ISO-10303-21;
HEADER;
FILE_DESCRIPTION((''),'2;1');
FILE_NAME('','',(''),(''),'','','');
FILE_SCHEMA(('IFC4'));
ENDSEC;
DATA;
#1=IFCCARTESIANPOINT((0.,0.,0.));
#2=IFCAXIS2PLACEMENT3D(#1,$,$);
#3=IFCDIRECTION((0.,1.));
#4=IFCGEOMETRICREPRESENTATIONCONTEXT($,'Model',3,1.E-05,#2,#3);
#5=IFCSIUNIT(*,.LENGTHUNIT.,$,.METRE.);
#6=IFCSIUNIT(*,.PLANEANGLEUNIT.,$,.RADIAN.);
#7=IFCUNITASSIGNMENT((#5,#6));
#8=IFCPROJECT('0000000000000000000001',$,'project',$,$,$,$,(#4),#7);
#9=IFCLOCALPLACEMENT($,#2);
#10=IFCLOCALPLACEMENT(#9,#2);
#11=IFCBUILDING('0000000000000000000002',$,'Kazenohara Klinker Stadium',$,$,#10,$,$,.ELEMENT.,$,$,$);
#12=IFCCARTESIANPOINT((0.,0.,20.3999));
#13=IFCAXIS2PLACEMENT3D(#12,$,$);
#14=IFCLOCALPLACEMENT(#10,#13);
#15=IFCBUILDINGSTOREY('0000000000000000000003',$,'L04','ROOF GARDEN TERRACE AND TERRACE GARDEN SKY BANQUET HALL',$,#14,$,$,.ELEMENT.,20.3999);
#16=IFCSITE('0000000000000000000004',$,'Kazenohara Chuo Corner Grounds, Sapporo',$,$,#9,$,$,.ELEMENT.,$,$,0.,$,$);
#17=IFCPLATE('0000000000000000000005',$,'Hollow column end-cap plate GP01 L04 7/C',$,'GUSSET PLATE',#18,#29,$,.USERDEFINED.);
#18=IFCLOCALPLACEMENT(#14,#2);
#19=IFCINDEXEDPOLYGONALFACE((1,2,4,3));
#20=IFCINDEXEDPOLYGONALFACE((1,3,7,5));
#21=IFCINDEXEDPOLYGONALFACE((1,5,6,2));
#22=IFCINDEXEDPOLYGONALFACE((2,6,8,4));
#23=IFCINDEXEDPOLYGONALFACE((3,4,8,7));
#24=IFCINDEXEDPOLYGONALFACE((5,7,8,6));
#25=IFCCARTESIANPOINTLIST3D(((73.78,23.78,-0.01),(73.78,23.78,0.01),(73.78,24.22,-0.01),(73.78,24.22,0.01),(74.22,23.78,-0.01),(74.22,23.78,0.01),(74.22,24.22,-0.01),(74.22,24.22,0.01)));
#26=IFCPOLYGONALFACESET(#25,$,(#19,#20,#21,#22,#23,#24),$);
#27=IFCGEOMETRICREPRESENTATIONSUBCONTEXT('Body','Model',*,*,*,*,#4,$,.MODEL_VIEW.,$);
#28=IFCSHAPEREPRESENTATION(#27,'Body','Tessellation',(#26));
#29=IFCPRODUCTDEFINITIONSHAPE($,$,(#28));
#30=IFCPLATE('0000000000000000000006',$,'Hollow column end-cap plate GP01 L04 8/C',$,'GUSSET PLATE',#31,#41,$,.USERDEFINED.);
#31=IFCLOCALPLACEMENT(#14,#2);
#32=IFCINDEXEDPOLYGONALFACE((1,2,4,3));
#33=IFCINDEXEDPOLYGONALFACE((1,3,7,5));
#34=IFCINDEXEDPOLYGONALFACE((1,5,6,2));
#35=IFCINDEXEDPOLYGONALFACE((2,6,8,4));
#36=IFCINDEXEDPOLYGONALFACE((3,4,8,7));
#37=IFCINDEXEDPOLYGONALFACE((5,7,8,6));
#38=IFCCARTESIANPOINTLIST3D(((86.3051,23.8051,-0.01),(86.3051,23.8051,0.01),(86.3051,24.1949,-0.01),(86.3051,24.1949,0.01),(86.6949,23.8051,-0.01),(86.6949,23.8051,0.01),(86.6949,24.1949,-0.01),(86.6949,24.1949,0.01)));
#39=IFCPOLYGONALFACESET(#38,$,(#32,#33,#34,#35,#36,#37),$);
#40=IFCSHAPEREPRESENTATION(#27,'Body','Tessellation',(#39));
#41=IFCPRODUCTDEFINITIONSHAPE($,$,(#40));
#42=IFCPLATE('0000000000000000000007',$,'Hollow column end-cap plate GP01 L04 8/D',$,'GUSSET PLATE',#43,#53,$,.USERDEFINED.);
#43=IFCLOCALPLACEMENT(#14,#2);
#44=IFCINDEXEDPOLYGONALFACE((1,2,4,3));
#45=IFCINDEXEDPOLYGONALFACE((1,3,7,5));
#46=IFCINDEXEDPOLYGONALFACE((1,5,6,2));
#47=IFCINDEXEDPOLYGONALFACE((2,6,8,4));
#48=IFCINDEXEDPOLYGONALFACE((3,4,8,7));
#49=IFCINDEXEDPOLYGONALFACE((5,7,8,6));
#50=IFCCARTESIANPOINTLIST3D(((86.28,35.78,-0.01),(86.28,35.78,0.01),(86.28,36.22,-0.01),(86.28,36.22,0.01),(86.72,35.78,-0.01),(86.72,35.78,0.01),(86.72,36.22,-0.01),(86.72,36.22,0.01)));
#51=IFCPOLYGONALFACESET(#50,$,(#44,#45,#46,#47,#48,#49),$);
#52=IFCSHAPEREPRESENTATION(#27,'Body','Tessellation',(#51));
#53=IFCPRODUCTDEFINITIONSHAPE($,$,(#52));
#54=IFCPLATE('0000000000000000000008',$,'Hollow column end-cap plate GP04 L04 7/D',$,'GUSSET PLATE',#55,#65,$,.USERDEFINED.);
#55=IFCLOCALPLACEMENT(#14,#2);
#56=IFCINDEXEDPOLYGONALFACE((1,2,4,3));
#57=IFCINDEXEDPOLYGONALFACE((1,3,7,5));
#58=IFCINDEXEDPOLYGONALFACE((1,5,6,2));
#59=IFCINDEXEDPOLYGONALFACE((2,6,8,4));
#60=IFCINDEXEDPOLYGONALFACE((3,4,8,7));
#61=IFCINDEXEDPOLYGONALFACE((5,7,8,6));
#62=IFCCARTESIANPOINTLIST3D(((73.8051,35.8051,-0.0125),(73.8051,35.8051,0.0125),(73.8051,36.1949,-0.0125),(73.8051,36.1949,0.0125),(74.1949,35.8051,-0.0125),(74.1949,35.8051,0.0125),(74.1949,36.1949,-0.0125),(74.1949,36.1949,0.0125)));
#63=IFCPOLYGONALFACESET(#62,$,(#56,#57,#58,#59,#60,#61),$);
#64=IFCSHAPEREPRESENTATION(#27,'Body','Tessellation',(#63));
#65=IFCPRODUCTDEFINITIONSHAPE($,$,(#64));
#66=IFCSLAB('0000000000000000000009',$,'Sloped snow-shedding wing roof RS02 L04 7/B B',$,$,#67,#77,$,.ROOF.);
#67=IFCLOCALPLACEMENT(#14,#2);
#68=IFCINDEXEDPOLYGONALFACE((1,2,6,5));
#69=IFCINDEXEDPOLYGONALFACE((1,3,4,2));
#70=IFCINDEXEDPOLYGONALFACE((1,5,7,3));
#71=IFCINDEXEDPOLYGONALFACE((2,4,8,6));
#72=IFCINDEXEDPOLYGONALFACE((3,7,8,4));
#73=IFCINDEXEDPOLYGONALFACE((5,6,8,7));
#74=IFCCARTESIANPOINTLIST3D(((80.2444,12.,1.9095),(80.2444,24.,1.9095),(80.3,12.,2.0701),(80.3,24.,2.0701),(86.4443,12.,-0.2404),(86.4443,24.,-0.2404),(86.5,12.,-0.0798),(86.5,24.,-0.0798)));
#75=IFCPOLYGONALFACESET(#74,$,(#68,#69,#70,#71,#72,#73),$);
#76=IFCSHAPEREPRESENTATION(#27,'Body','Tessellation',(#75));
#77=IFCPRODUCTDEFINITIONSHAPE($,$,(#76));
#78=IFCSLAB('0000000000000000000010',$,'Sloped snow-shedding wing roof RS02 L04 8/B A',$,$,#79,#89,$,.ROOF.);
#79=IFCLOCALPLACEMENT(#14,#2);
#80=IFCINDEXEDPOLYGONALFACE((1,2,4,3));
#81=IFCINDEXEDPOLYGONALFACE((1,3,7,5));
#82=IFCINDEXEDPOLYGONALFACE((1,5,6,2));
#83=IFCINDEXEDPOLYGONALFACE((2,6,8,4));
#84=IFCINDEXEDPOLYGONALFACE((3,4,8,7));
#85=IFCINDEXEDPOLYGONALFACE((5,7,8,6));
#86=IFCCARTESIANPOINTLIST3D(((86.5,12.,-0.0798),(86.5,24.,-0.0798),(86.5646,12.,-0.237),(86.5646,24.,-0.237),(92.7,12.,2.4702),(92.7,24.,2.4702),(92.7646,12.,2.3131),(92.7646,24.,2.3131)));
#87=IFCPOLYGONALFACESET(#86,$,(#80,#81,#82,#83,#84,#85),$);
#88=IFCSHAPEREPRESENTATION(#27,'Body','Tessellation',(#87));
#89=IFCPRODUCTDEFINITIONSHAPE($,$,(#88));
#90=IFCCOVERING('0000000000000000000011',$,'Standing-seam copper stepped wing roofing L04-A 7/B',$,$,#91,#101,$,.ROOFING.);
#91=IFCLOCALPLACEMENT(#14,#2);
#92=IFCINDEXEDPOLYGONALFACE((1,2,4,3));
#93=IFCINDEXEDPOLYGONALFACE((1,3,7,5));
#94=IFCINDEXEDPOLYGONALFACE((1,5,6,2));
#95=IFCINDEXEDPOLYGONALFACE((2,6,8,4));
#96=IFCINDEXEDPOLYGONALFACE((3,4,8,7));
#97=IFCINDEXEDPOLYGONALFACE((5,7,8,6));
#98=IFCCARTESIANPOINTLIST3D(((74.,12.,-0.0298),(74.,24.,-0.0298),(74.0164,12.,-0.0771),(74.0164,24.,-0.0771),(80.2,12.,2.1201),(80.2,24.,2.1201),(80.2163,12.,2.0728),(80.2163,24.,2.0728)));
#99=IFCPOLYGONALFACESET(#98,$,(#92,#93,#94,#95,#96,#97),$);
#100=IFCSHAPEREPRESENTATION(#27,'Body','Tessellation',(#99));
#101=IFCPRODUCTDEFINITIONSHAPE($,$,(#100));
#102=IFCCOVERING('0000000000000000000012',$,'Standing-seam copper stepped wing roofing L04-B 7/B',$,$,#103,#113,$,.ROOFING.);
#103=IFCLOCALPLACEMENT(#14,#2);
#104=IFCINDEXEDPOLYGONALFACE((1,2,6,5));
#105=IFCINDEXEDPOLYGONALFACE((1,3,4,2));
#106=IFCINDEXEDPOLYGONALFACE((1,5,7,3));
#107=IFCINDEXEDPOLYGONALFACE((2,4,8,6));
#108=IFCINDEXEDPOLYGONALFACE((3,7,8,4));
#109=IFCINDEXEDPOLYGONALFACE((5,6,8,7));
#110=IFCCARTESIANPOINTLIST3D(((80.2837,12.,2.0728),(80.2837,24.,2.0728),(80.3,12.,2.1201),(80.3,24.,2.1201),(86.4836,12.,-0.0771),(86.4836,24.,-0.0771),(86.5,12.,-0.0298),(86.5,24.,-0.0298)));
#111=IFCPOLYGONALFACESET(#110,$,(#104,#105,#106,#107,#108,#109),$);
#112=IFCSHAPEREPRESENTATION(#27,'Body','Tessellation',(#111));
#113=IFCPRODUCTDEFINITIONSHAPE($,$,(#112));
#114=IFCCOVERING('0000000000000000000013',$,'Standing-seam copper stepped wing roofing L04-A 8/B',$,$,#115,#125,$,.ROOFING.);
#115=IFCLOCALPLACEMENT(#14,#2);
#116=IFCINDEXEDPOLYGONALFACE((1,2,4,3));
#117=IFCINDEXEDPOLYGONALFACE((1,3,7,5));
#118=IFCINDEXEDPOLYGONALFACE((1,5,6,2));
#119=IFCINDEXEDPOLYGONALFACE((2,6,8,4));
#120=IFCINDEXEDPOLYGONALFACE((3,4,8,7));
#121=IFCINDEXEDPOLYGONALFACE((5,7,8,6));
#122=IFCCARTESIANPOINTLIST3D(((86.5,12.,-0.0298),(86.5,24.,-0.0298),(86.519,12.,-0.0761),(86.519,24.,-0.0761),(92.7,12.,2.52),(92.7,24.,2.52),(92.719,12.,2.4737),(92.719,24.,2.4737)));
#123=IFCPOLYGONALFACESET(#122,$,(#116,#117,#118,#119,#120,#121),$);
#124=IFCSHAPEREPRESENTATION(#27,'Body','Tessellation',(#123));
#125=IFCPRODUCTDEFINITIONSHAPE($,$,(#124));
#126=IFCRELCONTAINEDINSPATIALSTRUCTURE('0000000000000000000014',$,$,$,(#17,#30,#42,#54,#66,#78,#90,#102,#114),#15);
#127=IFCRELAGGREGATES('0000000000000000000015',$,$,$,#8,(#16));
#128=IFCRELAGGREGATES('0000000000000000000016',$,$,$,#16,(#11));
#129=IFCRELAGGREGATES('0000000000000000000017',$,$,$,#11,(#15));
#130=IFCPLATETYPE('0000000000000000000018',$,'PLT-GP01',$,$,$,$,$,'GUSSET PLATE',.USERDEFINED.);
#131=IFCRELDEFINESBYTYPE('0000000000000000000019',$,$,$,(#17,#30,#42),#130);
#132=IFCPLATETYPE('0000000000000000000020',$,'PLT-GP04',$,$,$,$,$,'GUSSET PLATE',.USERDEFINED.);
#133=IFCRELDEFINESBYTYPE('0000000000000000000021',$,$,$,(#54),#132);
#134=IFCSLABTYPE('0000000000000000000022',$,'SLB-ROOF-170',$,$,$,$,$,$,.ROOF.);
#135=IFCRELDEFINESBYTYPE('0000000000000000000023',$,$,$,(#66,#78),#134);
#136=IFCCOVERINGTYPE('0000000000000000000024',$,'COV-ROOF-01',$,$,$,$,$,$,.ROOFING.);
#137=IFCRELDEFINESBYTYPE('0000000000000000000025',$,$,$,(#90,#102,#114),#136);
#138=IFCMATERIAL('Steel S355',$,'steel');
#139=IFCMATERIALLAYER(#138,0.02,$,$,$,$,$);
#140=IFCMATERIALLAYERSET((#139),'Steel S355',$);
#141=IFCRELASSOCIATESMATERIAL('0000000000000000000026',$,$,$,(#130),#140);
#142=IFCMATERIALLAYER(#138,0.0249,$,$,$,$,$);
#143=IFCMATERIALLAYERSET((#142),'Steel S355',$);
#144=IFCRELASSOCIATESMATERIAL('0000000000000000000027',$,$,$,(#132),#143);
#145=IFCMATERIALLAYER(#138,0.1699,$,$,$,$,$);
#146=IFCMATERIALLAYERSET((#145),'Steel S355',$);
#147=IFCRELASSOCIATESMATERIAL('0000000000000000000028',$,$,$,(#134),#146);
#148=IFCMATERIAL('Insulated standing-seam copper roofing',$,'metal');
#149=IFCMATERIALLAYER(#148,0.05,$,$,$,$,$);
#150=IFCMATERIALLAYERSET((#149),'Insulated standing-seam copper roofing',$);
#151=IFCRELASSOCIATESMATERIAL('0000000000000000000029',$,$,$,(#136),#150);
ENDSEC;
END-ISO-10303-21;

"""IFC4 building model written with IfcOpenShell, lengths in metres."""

from ifc_helpers import new_model, si_unit, direction, frame, origin, origin_2d, place, context, subcontext, project, spatial, polyline, rectangle, outline, extrude, material, layer, layer_set, type_object, element, save


model = new_model("IFC4")

# Units and contexts
model_context = context("Model", 3, precision=1e-05, world=origin(), true_north=direction((0.0, 1.0)))
body_context = subcontext(model_context, "Body", "Model", "MODEL_VIEW")
ifc_project = project(units=[si_unit("LENGTHUNIT", "METRE"), si_unit("PLANEANGLEUNIT", "RADIAN")], contexts=[model_context])

# Site, building, storey
site_placement = place(None, origin())
site = spatial("IfcSite", under=ifc_project, at=site_placement, Name="Kazenohara Chuo Corner Grounds, Sapporo", CompositionType="ELEMENT", RefElevation=0.0)
building_placement = place(site_placement, origin())
building = spatial("IfcBuilding", under=site, at=building_placement, Name="Kazenohara Klinker Stadium", CompositionType="ELEMENT")
storey_placement = place(building_placement, frame((0.0, 0.0, 20.3999)))
storey = spatial("IfcBuildingStorey", under=building, at=storey_placement, Name="L04", Description="ROOF GARDEN TERRACE AND TERRACE GARDEN SKY BANQUET HALL", CompositionType="ELEMENT", Elevation=20.3999)

# Shared definitions
ifc_material_1 = material(Name="Steel S355", Category="steel")

# Plates
ifc_layer_1 = layer(ifc_material_1, 0.02)
ifc_layer_set_1 = layer_set([ifc_layer_1], Name="Steel S355")
plate_type_1 = type_object("IfcPlateType", Name="PLT-GP01", ElementType="GUSSET PLATE", PredefinedType="USERDEFINED", material=ifc_layer_set_1)
plate_1_placement = place(storey_placement, frame((74.0, 24.0, -0.01), z_axis=(0.0, 0.0, 1.0), x_axis=(1.0, 0.0, 0.0)))
element("IfcPlate", 1, at=plate_1_placement, inside=storey, type_object=plate_type_1, Name="Hollow column end-cap plate GP01 L04 7/C", ObjectType="GUSSET PLATE", PredefinedType="USERDEFINED", context=body_context, shape_type="SweptSolid", body=[
    extrude(rectangle(XDim=0.4399, YDim=0.4399, at=origin_2d()), origin(), (0.0, 0.0, 1.0), 0.02),
])
plate_2_placement = place(storey_placement, frame((86.5, 24.0, -0.01), z_axis=(0.0, 0.0, 1.0), x_axis=(1.0, 0.0, 0.0)))
element("IfcPlate", 2, at=plate_2_placement, inside=storey, type_object=plate_type_1, Name="Hollow column end-cap plate GP01 L04 8/C", ObjectType="GUSSET PLATE", PredefinedType="USERDEFINED", context=body_context, shape_type="SweptSolid", body=[
    extrude(rectangle(XDim=0.3899, YDim=0.3899, at=origin_2d()), origin(), (0.0, 0.0, 1.0), 0.02),
])
plate_3_placement = place(storey_placement, frame((86.5, 36.0, -0.01), z_axis=(0.0, 0.0, 1.0), x_axis=(1.0, 0.0, 0.0)))
element("IfcPlate", 3, at=plate_3_placement, inside=storey, type_object=plate_type_1, Name="Hollow column end-cap plate GP01 L04 8/D", ObjectType="GUSSET PLATE", PredefinedType="USERDEFINED", context=body_context, shape_type="SweptSolid", body=[
    extrude(rectangle(XDim=0.4399, YDim=0.4399, at=origin_2d()), origin(), (0.0, 0.0, 1.0), 0.02),
])
ifc_layer_2 = layer(ifc_material_1, 0.0249)
ifc_layer_set_2 = layer_set([ifc_layer_2], Name="Steel S355")
plate_type_2 = type_object("IfcPlateType", Name="PLT-GP04", ElementType="GUSSET PLATE", PredefinedType="USERDEFINED", material=ifc_layer_set_2)
plate_4_placement = place(storey_placement, frame((74.0, 36.0, -0.0125), z_axis=(0.0, 0.0, 1.0), x_axis=(1.0, 0.0, 0.0)))
element("IfcPlate", 4, at=plate_4_placement, inside=storey, type_object=plate_type_2, Name="Hollow column end-cap plate GP04 L04 7/D", ObjectType="GUSSET PLATE", PredefinedType="USERDEFINED", context=body_context, shape_type="SweptSolid", body=[
    extrude(rectangle(XDim=0.3899, YDim=0.3899, at=origin_2d()), origin(), (0.0, 0.0, 1.0), 0.0249),
])

# Slabs
ifc_layer_3 = layer(ifc_material_1, 0.1699)
ifc_layer_set_3 = layer_set([ifc_layer_3], Name="Steel S355")
slab_type = type_object("IfcSlabType", Name="SLB-ROOF-170", PredefinedType="ROOF", material=ifc_layer_set_3)
slab_1_placement = place(storey_placement, frame((80.3, 12.0, 2.0701), z_axis=(0.327623, 0.0, 0.944809), x_axis=(0.944809, 0.0, -0.327623)))
element("IfcSlab", 5, at=slab_1_placement, inside=storey, type_object=slab_type, Name="Sloped snow-shedding wing roof RS02 L04 7/B B", PredefinedType="ROOF", context=body_context, shape_type="SweptSolid", body=[
    extrude(outline(polyline([(0.0, 0.0), (6.5621, 0.0), (6.5621, 12.0), (0.0, 12.0), (0.0, 0.0)])), origin(), (0.0, 0.0, -1.0), 0.1699),
])
slab_2_placement = place(storey_placement, frame((86.5, 12.0, -0.0798), z_axis=(-0.380383, 0.0, 0.924829), x_axis=(0.924829, 0.0, 0.380383)))
element("IfcSlab", 6, at=slab_2_placement, inside=storey, type_object=slab_type, Name="Sloped snow-shedding wing roof RS02 L04 8/B A", PredefinedType="ROOF", context=body_context, shape_type="SweptSolid", body=[
    extrude(outline(polyline([(0.0, 0.0), (6.7039, 0.0), (6.7039, 12.0), (0.0, 12.0), (0.0, 0.0)])), origin(), (0.0, 0.0, -1.0), 0.1699),
])

# Coverings
ifc_material_2 = material(Name="Insulated standing-seam copper roofing", Category="metal")
ifc_layer_4 = layer(ifc_material_2, 0.05)
ifc_layer_set_4 = layer_set([ifc_layer_4], Name="Insulated standing-seam copper roofing")
covering_type = type_object("IfcCoveringType", Name="COV-ROOF-01", PredefinedType="ROOFING", material=ifc_layer_set_4)
for number, where, z_axis, x_axis, name in (
    (7, (74.0, 12.0, -0.0298), (-0.327623, 0.0, 0.944809), (0.944809, 0.0, 0.327623), "Standing-seam copper stepped wing roofing L04-A 7/B"),
    (8, (80.3, 12.0, 2.1201), (0.327623, 0.0, 0.944809), (0.944809, 0.0, -0.327623), "Standing-seam copper stepped wing roofing L04-B 7/B"),
):
    element("IfcCovering", number, at=place(storey_placement, frame(where, z_axis=z_axis, x_axis=x_axis)), inside=storey, type_object=covering_type, Name=name, PredefinedType="ROOFING", context=body_context, shape_type="SweptSolid", body=[
        extrude(outline(polyline([(0.0, 0.0), (6.5621, 0.0), (6.5621, 12.0), (0.0, 12.0), (0.0, 0.0)])), origin(), (0.0, 0.0, -1.0), 0.05),
    ])
covering_placement = place(storey_placement, frame((86.5, 12.0, -0.0298), z_axis=(-0.380352, 0.0, 0.924842), x_axis=(0.924842, 0.0, 0.380352)))
element("IfcCovering", 9, at=covering_placement, inside=storey, type_object=covering_type, Name="Standing-seam copper stepped wing roofing L04-A 8/B", PredefinedType="ROOFING", context=body_context, shape_type="SweptSolid", body=[
    extrude(outline(polyline([(0.0, 0.0), (6.7038, 0.0), (6.7038, 12.0), (0.0, 12.0), (0.0, 0.0)])), origin(), (0.0, 0.0, -1.0), 0.05),
])

save(model, "model.ifc")
